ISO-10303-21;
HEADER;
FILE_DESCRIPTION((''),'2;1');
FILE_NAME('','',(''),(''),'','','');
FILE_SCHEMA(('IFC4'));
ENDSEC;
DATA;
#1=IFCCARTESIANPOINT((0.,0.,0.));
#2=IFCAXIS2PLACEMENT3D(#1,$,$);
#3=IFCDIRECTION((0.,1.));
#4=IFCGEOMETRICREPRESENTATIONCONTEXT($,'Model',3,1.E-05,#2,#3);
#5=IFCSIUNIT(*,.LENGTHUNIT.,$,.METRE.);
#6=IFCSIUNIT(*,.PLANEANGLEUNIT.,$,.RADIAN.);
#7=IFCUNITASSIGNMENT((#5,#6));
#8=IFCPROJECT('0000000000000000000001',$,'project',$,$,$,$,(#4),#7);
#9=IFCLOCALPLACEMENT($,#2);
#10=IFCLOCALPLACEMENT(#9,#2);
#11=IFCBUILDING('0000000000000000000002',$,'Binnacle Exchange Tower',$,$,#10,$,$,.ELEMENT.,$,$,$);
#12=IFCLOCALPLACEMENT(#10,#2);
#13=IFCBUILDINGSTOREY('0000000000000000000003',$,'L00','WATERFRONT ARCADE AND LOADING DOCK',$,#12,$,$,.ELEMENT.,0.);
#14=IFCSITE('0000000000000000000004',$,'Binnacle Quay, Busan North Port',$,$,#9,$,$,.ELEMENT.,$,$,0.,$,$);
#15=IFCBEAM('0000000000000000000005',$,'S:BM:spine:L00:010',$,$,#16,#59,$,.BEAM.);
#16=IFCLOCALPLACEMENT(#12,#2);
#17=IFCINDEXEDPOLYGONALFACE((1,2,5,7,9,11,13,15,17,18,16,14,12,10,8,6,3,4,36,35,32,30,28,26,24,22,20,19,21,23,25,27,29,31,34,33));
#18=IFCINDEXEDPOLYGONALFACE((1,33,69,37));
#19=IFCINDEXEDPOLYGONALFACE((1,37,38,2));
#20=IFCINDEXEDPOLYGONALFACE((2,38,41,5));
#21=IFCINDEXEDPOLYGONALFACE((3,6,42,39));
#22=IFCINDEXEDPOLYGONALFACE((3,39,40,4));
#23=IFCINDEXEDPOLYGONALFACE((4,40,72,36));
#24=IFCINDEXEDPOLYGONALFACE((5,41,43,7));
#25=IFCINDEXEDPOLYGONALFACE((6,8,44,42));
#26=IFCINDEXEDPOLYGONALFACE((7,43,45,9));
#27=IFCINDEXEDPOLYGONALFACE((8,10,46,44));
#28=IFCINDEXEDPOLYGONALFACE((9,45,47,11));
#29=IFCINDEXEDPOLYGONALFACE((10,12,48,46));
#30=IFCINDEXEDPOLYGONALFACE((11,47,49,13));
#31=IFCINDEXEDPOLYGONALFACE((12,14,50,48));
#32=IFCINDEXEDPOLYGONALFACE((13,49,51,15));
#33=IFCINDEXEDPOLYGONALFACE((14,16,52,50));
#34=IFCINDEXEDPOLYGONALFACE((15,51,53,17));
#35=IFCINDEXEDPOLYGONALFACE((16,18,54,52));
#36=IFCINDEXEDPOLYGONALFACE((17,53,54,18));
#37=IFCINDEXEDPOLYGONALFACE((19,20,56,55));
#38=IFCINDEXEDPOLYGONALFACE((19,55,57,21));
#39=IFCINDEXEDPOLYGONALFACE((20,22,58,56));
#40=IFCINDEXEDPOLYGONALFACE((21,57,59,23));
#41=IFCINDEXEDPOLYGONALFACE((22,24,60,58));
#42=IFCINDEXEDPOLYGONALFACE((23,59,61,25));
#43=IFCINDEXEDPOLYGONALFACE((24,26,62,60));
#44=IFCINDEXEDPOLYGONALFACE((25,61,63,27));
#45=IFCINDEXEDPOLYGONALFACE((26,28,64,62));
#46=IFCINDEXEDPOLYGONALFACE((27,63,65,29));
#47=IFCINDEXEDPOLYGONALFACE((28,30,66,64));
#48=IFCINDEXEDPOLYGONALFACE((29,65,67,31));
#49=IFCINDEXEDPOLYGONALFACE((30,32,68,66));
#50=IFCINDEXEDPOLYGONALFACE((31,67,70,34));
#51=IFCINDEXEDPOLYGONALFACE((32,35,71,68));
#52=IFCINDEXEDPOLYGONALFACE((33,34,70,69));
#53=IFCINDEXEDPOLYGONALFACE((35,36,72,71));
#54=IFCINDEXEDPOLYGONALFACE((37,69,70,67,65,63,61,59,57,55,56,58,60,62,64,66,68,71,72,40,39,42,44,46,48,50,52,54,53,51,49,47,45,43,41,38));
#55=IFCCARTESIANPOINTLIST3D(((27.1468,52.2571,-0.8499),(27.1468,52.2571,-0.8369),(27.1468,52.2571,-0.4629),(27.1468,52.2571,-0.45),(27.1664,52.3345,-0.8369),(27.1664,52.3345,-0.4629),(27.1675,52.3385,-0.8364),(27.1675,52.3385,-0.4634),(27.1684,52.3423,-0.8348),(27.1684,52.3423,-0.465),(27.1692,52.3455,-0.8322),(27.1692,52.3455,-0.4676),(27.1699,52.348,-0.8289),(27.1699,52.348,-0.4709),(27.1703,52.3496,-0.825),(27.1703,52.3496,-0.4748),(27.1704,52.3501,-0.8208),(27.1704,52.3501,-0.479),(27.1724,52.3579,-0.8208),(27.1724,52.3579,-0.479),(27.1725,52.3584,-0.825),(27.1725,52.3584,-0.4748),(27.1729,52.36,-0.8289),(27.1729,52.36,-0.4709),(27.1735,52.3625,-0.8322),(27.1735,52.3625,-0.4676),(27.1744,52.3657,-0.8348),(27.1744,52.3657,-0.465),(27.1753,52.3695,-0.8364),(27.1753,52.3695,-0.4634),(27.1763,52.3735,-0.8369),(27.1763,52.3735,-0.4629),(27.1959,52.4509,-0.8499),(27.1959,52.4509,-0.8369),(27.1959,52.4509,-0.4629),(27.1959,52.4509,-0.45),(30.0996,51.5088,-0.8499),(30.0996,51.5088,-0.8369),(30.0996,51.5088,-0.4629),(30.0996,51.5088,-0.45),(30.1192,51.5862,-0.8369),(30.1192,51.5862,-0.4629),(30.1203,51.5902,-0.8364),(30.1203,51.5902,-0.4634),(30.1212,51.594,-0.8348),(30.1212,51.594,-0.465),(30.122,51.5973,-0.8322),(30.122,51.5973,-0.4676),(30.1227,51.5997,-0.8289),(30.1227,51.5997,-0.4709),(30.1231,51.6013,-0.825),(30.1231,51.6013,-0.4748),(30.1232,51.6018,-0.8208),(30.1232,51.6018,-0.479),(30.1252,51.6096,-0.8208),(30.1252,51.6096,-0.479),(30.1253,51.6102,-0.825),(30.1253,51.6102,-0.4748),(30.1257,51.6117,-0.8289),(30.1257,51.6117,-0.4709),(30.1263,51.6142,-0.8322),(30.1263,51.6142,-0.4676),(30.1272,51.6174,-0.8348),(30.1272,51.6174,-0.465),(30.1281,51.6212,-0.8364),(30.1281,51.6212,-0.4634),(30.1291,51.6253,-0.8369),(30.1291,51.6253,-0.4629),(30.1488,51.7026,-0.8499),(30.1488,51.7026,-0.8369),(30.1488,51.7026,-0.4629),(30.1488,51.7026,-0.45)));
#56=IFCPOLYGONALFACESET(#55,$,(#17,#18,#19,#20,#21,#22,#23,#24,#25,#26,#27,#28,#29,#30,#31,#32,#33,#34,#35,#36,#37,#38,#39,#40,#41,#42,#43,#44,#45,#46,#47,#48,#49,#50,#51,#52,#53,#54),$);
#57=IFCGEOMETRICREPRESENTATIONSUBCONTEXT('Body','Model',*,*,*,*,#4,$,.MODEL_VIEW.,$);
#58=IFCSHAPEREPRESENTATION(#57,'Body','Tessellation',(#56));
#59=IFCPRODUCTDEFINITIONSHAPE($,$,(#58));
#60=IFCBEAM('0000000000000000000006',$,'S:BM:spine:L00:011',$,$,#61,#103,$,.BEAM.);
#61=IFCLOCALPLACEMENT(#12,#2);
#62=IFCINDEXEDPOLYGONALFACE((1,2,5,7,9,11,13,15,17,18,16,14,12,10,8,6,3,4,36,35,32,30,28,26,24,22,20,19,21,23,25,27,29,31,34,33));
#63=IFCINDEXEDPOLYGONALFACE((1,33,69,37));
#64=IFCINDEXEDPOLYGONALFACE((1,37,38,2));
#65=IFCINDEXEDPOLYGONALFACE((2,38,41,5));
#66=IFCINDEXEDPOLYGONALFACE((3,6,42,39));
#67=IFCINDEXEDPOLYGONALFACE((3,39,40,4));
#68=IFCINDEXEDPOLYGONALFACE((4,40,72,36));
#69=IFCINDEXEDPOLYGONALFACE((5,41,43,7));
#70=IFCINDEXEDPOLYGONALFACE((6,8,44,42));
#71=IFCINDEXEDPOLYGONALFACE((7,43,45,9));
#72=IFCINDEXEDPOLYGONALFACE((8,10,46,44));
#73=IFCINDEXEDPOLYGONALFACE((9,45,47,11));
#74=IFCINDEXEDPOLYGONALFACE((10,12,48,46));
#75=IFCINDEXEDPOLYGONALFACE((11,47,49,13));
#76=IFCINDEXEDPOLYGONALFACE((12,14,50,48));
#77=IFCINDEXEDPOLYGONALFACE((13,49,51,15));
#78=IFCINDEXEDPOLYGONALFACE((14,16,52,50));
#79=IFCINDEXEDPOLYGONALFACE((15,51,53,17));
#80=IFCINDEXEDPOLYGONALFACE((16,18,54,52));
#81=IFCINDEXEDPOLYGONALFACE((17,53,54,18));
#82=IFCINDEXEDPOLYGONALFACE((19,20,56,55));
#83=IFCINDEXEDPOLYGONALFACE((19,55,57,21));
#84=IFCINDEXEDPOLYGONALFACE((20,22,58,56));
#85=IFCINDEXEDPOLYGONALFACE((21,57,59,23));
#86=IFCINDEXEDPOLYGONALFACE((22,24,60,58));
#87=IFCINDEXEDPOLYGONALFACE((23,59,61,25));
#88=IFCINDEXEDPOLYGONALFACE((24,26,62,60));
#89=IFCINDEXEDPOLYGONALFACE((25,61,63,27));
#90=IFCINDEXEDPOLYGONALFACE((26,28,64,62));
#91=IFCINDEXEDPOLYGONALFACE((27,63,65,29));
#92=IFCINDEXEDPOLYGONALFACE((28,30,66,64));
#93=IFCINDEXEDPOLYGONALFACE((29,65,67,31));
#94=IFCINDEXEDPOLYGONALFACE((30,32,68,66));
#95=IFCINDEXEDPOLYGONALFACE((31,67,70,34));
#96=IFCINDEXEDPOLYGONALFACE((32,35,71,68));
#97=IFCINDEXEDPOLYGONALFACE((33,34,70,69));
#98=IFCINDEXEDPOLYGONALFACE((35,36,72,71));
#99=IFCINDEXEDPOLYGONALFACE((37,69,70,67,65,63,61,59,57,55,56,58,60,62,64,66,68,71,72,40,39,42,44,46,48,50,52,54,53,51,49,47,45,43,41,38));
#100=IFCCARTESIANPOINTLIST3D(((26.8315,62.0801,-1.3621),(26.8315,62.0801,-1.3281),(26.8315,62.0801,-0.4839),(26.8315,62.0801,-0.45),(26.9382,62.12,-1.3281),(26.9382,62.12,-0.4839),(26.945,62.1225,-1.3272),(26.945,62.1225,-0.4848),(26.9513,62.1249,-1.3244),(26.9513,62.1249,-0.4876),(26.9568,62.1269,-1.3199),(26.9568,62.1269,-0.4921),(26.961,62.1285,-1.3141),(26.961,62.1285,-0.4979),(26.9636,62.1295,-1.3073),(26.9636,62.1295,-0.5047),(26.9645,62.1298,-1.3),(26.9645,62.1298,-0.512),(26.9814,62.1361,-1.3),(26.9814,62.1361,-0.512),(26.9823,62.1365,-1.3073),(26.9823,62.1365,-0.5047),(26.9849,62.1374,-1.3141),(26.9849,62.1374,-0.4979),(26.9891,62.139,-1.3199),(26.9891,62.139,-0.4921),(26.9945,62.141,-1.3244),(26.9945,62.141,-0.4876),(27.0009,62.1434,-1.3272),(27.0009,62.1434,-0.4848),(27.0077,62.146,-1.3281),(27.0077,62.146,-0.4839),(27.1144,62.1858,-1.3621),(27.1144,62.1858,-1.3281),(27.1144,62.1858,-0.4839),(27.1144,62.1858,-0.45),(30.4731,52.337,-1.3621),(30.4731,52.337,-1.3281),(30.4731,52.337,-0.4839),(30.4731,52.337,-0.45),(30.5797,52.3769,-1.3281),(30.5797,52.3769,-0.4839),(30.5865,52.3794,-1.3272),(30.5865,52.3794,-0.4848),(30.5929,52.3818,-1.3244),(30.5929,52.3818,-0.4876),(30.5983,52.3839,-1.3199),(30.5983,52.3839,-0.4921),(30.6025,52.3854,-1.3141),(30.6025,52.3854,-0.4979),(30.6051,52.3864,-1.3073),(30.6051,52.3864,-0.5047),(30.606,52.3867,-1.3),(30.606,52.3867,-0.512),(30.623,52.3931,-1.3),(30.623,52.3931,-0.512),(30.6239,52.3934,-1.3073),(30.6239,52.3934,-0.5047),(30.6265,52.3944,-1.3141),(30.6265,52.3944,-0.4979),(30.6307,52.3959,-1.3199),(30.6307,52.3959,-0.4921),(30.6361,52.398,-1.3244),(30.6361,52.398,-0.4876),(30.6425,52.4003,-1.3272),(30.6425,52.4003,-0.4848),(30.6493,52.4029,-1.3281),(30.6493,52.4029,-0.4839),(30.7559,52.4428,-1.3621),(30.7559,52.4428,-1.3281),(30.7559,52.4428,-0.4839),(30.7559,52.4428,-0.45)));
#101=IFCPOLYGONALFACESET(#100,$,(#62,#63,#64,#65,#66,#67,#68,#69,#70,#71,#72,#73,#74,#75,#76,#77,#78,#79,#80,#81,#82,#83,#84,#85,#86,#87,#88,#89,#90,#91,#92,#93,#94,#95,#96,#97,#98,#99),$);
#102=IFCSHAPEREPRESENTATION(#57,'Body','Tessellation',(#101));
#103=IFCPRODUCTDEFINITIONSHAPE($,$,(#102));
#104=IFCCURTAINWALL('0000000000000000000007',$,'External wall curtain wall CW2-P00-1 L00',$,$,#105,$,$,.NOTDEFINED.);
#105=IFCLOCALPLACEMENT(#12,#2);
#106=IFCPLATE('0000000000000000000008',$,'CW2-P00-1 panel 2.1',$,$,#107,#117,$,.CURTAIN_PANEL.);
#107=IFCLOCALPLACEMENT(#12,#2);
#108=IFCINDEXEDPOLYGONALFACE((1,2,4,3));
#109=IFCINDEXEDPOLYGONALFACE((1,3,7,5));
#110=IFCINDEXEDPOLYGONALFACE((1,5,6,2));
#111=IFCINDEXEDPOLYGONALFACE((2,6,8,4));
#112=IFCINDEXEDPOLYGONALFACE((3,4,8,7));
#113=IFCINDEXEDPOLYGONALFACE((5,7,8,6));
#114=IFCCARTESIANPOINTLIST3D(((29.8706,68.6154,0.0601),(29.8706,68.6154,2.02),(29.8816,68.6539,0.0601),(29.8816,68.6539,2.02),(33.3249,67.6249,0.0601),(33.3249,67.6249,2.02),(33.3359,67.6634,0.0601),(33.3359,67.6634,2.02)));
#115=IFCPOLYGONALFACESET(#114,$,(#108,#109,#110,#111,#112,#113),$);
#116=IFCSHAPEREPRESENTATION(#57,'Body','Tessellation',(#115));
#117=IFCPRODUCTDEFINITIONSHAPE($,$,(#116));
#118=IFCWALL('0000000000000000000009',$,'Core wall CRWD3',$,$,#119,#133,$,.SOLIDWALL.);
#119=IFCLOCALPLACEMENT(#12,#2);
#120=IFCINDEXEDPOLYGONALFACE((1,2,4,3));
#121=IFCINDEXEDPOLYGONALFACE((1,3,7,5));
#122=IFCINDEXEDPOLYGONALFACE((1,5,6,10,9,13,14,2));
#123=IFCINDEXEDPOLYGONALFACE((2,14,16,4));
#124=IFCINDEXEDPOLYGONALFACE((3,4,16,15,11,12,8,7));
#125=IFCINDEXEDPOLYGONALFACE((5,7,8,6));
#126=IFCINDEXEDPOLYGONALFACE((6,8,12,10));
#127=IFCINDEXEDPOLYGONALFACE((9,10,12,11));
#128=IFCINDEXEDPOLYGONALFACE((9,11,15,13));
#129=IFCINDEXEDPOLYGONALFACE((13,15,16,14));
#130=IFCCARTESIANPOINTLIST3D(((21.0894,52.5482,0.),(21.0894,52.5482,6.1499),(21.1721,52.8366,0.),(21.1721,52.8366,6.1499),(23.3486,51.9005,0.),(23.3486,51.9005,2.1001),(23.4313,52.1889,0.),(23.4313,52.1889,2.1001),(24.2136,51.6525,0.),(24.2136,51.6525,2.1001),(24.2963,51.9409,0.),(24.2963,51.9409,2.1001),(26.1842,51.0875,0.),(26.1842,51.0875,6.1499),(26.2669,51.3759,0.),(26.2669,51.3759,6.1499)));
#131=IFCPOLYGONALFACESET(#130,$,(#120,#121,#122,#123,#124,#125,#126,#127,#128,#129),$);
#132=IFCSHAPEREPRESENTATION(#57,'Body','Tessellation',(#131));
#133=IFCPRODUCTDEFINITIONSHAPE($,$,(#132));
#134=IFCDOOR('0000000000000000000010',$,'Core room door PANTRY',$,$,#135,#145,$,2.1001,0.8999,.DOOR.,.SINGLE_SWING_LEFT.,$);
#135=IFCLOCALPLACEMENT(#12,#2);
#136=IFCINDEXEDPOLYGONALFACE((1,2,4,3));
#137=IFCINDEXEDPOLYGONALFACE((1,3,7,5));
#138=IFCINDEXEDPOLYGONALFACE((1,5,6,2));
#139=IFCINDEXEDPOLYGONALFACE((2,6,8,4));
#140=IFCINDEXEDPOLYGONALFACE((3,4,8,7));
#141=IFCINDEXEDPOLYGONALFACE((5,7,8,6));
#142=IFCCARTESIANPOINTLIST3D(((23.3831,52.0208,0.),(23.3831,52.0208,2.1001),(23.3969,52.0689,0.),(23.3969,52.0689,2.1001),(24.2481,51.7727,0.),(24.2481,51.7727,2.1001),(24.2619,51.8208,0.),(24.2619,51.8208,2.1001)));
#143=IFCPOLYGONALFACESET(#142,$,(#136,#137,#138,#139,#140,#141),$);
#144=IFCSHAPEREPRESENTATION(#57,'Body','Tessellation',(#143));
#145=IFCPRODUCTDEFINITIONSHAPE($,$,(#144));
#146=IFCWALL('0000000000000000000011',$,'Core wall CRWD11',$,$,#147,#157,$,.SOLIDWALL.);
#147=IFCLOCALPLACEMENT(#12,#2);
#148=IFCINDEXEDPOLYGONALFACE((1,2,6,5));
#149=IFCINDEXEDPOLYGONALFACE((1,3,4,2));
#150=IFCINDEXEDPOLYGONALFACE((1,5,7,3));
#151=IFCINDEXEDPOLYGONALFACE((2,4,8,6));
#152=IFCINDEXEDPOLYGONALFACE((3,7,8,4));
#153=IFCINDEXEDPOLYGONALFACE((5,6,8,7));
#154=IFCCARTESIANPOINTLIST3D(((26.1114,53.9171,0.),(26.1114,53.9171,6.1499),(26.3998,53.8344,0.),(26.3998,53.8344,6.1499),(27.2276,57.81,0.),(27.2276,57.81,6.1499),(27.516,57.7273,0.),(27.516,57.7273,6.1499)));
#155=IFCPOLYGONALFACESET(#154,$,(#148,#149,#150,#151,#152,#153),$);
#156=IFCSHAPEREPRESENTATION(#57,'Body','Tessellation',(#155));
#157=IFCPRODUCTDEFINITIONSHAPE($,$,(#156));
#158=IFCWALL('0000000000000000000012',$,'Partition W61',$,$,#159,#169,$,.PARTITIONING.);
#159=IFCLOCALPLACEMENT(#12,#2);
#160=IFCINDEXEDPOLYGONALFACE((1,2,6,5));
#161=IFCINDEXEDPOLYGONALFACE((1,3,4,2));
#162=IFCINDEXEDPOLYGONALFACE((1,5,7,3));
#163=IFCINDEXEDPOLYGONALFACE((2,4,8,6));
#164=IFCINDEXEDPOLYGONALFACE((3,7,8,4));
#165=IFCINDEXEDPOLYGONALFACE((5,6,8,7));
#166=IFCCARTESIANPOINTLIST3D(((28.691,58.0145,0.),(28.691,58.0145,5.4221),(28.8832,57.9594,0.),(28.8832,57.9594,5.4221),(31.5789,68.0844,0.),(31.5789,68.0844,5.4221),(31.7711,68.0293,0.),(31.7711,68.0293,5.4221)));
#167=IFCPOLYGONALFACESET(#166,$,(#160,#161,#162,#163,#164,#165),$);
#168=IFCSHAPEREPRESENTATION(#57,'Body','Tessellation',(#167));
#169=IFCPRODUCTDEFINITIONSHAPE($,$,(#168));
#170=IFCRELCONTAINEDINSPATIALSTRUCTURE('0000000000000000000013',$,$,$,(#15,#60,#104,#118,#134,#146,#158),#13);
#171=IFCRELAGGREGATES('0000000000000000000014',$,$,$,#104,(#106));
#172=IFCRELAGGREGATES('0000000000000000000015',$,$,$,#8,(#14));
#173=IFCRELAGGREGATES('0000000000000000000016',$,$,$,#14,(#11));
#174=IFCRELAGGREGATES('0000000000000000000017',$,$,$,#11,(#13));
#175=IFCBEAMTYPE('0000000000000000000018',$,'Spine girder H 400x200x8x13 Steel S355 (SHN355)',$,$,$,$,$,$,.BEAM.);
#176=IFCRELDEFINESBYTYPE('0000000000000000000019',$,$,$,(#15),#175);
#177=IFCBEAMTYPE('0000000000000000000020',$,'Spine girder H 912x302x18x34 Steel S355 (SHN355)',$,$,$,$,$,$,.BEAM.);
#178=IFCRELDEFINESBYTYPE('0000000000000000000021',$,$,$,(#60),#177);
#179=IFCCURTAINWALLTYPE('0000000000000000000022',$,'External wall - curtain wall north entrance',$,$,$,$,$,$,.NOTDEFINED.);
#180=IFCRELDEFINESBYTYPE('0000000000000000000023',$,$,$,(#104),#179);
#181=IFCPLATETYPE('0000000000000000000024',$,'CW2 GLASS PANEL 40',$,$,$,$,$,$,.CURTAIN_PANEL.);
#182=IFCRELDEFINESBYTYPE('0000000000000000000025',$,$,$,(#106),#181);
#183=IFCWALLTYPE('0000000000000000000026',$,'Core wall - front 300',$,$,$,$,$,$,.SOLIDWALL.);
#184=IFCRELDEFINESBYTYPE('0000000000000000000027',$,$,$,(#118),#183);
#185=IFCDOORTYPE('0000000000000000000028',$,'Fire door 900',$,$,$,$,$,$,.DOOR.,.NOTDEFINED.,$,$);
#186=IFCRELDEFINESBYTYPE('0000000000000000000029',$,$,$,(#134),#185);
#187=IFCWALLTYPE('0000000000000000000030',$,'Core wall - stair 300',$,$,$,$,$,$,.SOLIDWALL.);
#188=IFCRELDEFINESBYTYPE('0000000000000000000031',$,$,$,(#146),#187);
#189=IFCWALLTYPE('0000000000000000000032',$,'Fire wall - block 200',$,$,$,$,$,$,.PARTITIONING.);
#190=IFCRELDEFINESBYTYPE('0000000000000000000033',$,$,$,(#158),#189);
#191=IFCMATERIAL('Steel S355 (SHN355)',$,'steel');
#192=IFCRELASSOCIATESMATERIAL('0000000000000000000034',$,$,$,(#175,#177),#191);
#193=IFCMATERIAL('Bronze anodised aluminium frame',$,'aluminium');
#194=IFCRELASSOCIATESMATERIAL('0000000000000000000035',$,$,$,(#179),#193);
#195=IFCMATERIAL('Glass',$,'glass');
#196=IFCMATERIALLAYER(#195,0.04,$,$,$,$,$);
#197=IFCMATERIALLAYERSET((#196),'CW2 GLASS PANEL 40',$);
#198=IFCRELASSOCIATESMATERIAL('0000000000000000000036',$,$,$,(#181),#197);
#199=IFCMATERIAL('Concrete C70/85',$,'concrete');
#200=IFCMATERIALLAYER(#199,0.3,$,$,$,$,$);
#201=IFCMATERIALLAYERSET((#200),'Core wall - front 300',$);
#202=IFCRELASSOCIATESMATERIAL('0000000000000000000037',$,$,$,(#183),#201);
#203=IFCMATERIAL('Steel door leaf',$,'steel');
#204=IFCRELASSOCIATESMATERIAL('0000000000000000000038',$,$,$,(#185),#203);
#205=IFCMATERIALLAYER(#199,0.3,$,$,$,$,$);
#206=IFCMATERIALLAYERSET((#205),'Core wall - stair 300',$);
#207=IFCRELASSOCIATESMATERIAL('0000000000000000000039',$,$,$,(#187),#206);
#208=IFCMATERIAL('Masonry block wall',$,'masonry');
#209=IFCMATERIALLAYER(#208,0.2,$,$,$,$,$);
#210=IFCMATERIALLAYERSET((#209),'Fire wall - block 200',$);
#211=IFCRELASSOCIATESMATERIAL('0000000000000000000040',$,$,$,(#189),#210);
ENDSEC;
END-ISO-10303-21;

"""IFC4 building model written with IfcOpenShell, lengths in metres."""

from ifc_helpers import new_model, si_unit, direction, frame, frame_2d, origin, origin_2d, place, context, subcontext, project, spatial, rectangle, i_section, extrude, material, layer, layer_set, material_profile, profile_set, type_object, element, fill, aggregate, save


model = new_model("IFC4")

# Units and contexts
model_context = context("Model", 3, precision=1e-05, world=origin(), true_north=direction((0.0, 1.0)))
body_context = subcontext(model_context, "Body", "Model", "MODEL_VIEW")
ifc_project = project(units=[si_unit("LENGTHUNIT", "METRE"), si_unit("PLANEANGLEUNIT", "RADIAN")], contexts=[model_context])

# Site, building, storey
site_placement = place(None, origin())
site = spatial("IfcSite", under=ifc_project, at=site_placement, Name="Binnacle Quay, Busan North Port", CompositionType="ELEMENT", RefElevation=0.0)
building_placement = place(site_placement, origin())
building = spatial("IfcBuilding", under=site, at=building_placement, Name="Binnacle Exchange Tower", CompositionType="ELEMENT")
storey_placement = place(building_placement, origin())
storey = spatial("IfcBuildingStorey", under=building, at=storey_placement, Name="L00", Description="WATERFRONT ARCADE AND LOADING DOCK", CompositionType="ELEMENT", Elevation=0.0)

# Shared definitions
ifc_material_1 = material(Name="Concrete C70/85", Category="concrete")

# Beams
ifc_material_2 = material(Name="Steel S355 (SHN355)", Category="steel")
ifc_material_profile_1 = material_profile(ifc_material_2, i_section(OverallWidth=0.2, OverallDepth=0.3999, WebThickness=0.0081, FlangeThickness=0.0129, FilletRadius=0.0161, at=origin_2d()), Name="H 400x200x8x13")
ifc_profile_set_1 = profile_set([ifc_material_profile_1], Name="Steel S355 (SHN355)")
beam_type_1 = type_object("IfcBeamType", Name="Spine girder H 400x200x8x13 Steel S355 (SHN355)", PredefinedType="BEAM", material=ifc_profile_set_1)
beam_1_placement = place(storey_placement, frame((27.1714, 52.354, -0.6499), z_axis=(0.96936, -0.245646, 0.0), x_axis=(0.245646, 0.96936, 0.0)))
element("IfcBeam", 1, at=beam_1_placement, inside=storey, type_object=beam_type_1, Name="S:BM:spine:L00:010", PredefinedType="BEAM", context=body_context, shape_type="SweptSolid", body=[
    extrude(i_section(OverallWidth=0.2, OverallDepth=0.3999, WebThickness=0.0081, FlangeThickness=0.0129, FilletRadius=0.0161, at=origin_2d()), origin(), (0.0, 0.0, 1.0), 3.0461),
])
ifc_material_profile_2 = material_profile(ifc_material_2, i_section(OverallWidth=0.302, OverallDepth=0.9121, WebThickness=0.0181, FlangeThickness=0.0339, FilletRadius=0.0281, at=origin_2d()), Name="H 912x302x18x34")
ifc_profile_set_2 = profile_set([ifc_material_profile_2], Name="Steel S355 (SHN355)")
beam_type_2 = type_object("IfcBeamType", Name="Spine girder H 912x302x18x34 Steel S355 (SHN355)", PredefinedType="BEAM", material=ifc_profile_set_2)
beam_2_placement = place(storey_placement, frame((30.6145, 52.3899, -0.906), z_axis=(-0.350105, 0.936711, 0.0), x_axis=(-0.936711, -0.350105, 0.0)))
element("IfcBeam", 2, at=beam_2_placement, inside=storey, type_object=beam_type_2, Name="S:BM:spine:L00:011", PredefinedType="BEAM", context=body_context, shape_type="SweptSolid", body=[
    extrude(i_section(OverallWidth=0.302, OverallDepth=0.9121, WebThickness=0.0181, FlangeThickness=0.0339, FilletRadius=0.0281, at=origin_2d()), origin(), (0.0, 0.0, 1.0), 10.4014),
])

# Curtain wall, plate
ifc_material_3 = material(Name="Bronze anodised aluminium frame", Category="aluminium")
curtain_wall_type = type_object("IfcCurtainWallType", Name="External wall - curtain wall north entrance", PredefinedType="NOTDEFINED", material=ifc_material_3)
curtain_wall_placement = place(storey_placement, origin())
curtain_wall = element("IfcCurtainWall", 3, at=curtain_wall_placement, inside=storey, type_object=curtain_wall_type, Name="External wall curtain wall CW2-P00-1 L00", PredefinedType="NOTDEFINED")
ifc_material_4 = material(Name="Glass", Category="glass")
ifc_layer_1 = layer(ifc_material_4, 0.04)
ifc_layer_set_1 = layer_set([ifc_layer_1], Name="CW2 GLASS PANEL 40")
plate_type = type_object("IfcPlateType", Name="CW2 GLASS PANEL 40", PredefinedType="CURTAIN_PANEL", material=ifc_layer_set_1)
plate_placement = place(storey_placement, frame((31.6033, 68.1394, 0.0601), z_axis=(0.0, 0.0, 1.0), x_axis=(-0.961262, 0.275637, 0.0)))
plate = element("IfcPlate", 4, at=plate_placement, type_object=plate_type, Name="CW2-P00-1 panel 2.1", PredefinedType="CURTAIN_PANEL", context=body_context, shape_type="SweptSolid", body=[
    extrude(rectangle(XDim=3.5935, YDim=0.04, at=origin_2d()), origin(), (0.0, 0.0, 1.0), 1.96),
])
aggregate(curtain_wall, [plate])

# Wall, opening, door
ifc_layer_2 = layer(ifc_material_1, 0.3)
ifc_layer_set_2 = layer_set([ifc_layer_2], Name="Core wall - front 300")
wall_type_1 = type_object("IfcWallType", Name="Core wall - front 300", PredefinedType="SOLIDWALL", material=ifc_layer_set_2)
wall_1_placement = place(storey_placement, frame((21.1309, 52.6924, 0.0), z_axis=(0.0, 0.0, 1.0), x_axis=(0.961271, -0.275603, 0.0)))
wall_1 = element("IfcWall", 5, at=wall_1_placement, inside=storey, type_object=wall_type_1, Name="Core wall CRWD3", PredefinedType="SOLIDWALL", context=body_context, shape_type="SweptSolid", body=[
    extrude(rectangle(XDim=5.3, YDim=0.3, at=frame_2d((2.6499, 0.0))), origin(), (0.0, 0.0, 1.0), 6.1499),
])
opening_1_placement = place(wall_1_placement, frame((2.3501, 0.0, 0.0)))
opening_1 = element("IfcOpeningElement", 6, at=opening_1_placement, cuts=wall_1, PredefinedType="OPENING", context=body_context, shape_type="SweptSolid", body=[
    extrude(rectangle(XDim=0.8999, YDim=2.1001, at=frame_2d((0.45, 1.05))), frame((0.0, 0.1599, 0.0), z_axis=(0.0, -1.0, 0.0), x_axis=(1.0, 0.0, 0.0)), (0.0, 0.0, 1.0), 0.3201),
])
ifc_material_5 = material(Name="Steel door leaf", Category="steel")
door_type_1 = type_object("IfcDoorType", Name="Fire door 900", OperationType="NOTDEFINED", PredefinedType="DOOR", material=ifc_material_5)
door_1_placement = place(opening_1_placement, frame((0.8999, 0.0, 0.0), z_axis=(0.0, 0.0, 1.0), x_axis=(-1.0, 0.0, 0.0)))
door_1 = element("IfcDoor", 7, at=door_1_placement, inside=storey, type_object=door_type_1, Name="Core room door PANTRY", OperationType="SINGLE_SWING_LEFT", OverallHeight=2.1001, OverallWidth=0.8999, PredefinedType="DOOR", context=body_context, shape_type="SweptSolid", body=[
    extrude(rectangle(XDim=0.8999, YDim=2.1001, at=frame_2d((0.45, 1.05))), frame((0.0, 0.0249, 0.0), z_axis=(0.0, -1.0, 0.0), x_axis=(1.0, 0.0, 0.0)), (0.0, 0.0, 1.0), 0.05),
])
fill(opening_1, door_1)

# Walls
ifc_layer_3 = layer(ifc_material_1, 0.3)
ifc_layer_set_3 = layer_set([ifc_layer_3], Name="Core wall - stair 300")
wall_type_2 = type_object("IfcWallType", Name="Core wall - stair 300", PredefinedType="SOLIDWALL", material=ifc_layer_set_3)
wall_2_placement = place(storey_placement, frame((26.2556, 53.8757, 0.0), z_axis=(0.0, 0.0, 1.0), x_axis=(0.275613, 0.961269, 0.0)))
element("IfcWall", 8, at=wall_2_placement, inside=storey, type_object=wall_type_2, Name="Core wall CRWD11", PredefinedType="SOLIDWALL", context=body_context, shape_type="SweptSolid", body=[
    extrude(rectangle(XDim=4.0498, YDim=0.3, at=frame_2d((2.0249, 0.0))), origin(), (0.0, 0.0, 1.0), 6.1499),
])
ifc_material_6 = material(Name="Masonry block wall", Category="masonry")
ifc_layer_4 = layer(ifc_material_6, 0.2)
ifc_layer_set_4 = layer_set([ifc_layer_4], Name="Fire wall - block 200")
wall_type_3 = type_object("IfcWallType", Name="Fire wall - block 200", PredefinedType="PARTITIONING", material=ifc_layer_set_4)
wall_3_placement = place(storey_placement, frame((28.7871, 57.9871, 0.0), z_axis=(0.0, 0.0, 1.0), x_axis=(0.275678, 0.96125, 0.0)))
element("IfcWall", 9, at=wall_3_placement, inside=storey, type_object=wall_type_3, Name="Partition W61", PredefinedType="PARTITIONING", context=body_context, shape_type="SweptSolid", body=[
    extrude(rectangle(XDim=10.4758, YDim=0.2, at=frame_2d((5.2378, 0.0))), origin(), (0.0, 0.0, 1.0), 5.4221),
])

save(model, "model.ifc")
